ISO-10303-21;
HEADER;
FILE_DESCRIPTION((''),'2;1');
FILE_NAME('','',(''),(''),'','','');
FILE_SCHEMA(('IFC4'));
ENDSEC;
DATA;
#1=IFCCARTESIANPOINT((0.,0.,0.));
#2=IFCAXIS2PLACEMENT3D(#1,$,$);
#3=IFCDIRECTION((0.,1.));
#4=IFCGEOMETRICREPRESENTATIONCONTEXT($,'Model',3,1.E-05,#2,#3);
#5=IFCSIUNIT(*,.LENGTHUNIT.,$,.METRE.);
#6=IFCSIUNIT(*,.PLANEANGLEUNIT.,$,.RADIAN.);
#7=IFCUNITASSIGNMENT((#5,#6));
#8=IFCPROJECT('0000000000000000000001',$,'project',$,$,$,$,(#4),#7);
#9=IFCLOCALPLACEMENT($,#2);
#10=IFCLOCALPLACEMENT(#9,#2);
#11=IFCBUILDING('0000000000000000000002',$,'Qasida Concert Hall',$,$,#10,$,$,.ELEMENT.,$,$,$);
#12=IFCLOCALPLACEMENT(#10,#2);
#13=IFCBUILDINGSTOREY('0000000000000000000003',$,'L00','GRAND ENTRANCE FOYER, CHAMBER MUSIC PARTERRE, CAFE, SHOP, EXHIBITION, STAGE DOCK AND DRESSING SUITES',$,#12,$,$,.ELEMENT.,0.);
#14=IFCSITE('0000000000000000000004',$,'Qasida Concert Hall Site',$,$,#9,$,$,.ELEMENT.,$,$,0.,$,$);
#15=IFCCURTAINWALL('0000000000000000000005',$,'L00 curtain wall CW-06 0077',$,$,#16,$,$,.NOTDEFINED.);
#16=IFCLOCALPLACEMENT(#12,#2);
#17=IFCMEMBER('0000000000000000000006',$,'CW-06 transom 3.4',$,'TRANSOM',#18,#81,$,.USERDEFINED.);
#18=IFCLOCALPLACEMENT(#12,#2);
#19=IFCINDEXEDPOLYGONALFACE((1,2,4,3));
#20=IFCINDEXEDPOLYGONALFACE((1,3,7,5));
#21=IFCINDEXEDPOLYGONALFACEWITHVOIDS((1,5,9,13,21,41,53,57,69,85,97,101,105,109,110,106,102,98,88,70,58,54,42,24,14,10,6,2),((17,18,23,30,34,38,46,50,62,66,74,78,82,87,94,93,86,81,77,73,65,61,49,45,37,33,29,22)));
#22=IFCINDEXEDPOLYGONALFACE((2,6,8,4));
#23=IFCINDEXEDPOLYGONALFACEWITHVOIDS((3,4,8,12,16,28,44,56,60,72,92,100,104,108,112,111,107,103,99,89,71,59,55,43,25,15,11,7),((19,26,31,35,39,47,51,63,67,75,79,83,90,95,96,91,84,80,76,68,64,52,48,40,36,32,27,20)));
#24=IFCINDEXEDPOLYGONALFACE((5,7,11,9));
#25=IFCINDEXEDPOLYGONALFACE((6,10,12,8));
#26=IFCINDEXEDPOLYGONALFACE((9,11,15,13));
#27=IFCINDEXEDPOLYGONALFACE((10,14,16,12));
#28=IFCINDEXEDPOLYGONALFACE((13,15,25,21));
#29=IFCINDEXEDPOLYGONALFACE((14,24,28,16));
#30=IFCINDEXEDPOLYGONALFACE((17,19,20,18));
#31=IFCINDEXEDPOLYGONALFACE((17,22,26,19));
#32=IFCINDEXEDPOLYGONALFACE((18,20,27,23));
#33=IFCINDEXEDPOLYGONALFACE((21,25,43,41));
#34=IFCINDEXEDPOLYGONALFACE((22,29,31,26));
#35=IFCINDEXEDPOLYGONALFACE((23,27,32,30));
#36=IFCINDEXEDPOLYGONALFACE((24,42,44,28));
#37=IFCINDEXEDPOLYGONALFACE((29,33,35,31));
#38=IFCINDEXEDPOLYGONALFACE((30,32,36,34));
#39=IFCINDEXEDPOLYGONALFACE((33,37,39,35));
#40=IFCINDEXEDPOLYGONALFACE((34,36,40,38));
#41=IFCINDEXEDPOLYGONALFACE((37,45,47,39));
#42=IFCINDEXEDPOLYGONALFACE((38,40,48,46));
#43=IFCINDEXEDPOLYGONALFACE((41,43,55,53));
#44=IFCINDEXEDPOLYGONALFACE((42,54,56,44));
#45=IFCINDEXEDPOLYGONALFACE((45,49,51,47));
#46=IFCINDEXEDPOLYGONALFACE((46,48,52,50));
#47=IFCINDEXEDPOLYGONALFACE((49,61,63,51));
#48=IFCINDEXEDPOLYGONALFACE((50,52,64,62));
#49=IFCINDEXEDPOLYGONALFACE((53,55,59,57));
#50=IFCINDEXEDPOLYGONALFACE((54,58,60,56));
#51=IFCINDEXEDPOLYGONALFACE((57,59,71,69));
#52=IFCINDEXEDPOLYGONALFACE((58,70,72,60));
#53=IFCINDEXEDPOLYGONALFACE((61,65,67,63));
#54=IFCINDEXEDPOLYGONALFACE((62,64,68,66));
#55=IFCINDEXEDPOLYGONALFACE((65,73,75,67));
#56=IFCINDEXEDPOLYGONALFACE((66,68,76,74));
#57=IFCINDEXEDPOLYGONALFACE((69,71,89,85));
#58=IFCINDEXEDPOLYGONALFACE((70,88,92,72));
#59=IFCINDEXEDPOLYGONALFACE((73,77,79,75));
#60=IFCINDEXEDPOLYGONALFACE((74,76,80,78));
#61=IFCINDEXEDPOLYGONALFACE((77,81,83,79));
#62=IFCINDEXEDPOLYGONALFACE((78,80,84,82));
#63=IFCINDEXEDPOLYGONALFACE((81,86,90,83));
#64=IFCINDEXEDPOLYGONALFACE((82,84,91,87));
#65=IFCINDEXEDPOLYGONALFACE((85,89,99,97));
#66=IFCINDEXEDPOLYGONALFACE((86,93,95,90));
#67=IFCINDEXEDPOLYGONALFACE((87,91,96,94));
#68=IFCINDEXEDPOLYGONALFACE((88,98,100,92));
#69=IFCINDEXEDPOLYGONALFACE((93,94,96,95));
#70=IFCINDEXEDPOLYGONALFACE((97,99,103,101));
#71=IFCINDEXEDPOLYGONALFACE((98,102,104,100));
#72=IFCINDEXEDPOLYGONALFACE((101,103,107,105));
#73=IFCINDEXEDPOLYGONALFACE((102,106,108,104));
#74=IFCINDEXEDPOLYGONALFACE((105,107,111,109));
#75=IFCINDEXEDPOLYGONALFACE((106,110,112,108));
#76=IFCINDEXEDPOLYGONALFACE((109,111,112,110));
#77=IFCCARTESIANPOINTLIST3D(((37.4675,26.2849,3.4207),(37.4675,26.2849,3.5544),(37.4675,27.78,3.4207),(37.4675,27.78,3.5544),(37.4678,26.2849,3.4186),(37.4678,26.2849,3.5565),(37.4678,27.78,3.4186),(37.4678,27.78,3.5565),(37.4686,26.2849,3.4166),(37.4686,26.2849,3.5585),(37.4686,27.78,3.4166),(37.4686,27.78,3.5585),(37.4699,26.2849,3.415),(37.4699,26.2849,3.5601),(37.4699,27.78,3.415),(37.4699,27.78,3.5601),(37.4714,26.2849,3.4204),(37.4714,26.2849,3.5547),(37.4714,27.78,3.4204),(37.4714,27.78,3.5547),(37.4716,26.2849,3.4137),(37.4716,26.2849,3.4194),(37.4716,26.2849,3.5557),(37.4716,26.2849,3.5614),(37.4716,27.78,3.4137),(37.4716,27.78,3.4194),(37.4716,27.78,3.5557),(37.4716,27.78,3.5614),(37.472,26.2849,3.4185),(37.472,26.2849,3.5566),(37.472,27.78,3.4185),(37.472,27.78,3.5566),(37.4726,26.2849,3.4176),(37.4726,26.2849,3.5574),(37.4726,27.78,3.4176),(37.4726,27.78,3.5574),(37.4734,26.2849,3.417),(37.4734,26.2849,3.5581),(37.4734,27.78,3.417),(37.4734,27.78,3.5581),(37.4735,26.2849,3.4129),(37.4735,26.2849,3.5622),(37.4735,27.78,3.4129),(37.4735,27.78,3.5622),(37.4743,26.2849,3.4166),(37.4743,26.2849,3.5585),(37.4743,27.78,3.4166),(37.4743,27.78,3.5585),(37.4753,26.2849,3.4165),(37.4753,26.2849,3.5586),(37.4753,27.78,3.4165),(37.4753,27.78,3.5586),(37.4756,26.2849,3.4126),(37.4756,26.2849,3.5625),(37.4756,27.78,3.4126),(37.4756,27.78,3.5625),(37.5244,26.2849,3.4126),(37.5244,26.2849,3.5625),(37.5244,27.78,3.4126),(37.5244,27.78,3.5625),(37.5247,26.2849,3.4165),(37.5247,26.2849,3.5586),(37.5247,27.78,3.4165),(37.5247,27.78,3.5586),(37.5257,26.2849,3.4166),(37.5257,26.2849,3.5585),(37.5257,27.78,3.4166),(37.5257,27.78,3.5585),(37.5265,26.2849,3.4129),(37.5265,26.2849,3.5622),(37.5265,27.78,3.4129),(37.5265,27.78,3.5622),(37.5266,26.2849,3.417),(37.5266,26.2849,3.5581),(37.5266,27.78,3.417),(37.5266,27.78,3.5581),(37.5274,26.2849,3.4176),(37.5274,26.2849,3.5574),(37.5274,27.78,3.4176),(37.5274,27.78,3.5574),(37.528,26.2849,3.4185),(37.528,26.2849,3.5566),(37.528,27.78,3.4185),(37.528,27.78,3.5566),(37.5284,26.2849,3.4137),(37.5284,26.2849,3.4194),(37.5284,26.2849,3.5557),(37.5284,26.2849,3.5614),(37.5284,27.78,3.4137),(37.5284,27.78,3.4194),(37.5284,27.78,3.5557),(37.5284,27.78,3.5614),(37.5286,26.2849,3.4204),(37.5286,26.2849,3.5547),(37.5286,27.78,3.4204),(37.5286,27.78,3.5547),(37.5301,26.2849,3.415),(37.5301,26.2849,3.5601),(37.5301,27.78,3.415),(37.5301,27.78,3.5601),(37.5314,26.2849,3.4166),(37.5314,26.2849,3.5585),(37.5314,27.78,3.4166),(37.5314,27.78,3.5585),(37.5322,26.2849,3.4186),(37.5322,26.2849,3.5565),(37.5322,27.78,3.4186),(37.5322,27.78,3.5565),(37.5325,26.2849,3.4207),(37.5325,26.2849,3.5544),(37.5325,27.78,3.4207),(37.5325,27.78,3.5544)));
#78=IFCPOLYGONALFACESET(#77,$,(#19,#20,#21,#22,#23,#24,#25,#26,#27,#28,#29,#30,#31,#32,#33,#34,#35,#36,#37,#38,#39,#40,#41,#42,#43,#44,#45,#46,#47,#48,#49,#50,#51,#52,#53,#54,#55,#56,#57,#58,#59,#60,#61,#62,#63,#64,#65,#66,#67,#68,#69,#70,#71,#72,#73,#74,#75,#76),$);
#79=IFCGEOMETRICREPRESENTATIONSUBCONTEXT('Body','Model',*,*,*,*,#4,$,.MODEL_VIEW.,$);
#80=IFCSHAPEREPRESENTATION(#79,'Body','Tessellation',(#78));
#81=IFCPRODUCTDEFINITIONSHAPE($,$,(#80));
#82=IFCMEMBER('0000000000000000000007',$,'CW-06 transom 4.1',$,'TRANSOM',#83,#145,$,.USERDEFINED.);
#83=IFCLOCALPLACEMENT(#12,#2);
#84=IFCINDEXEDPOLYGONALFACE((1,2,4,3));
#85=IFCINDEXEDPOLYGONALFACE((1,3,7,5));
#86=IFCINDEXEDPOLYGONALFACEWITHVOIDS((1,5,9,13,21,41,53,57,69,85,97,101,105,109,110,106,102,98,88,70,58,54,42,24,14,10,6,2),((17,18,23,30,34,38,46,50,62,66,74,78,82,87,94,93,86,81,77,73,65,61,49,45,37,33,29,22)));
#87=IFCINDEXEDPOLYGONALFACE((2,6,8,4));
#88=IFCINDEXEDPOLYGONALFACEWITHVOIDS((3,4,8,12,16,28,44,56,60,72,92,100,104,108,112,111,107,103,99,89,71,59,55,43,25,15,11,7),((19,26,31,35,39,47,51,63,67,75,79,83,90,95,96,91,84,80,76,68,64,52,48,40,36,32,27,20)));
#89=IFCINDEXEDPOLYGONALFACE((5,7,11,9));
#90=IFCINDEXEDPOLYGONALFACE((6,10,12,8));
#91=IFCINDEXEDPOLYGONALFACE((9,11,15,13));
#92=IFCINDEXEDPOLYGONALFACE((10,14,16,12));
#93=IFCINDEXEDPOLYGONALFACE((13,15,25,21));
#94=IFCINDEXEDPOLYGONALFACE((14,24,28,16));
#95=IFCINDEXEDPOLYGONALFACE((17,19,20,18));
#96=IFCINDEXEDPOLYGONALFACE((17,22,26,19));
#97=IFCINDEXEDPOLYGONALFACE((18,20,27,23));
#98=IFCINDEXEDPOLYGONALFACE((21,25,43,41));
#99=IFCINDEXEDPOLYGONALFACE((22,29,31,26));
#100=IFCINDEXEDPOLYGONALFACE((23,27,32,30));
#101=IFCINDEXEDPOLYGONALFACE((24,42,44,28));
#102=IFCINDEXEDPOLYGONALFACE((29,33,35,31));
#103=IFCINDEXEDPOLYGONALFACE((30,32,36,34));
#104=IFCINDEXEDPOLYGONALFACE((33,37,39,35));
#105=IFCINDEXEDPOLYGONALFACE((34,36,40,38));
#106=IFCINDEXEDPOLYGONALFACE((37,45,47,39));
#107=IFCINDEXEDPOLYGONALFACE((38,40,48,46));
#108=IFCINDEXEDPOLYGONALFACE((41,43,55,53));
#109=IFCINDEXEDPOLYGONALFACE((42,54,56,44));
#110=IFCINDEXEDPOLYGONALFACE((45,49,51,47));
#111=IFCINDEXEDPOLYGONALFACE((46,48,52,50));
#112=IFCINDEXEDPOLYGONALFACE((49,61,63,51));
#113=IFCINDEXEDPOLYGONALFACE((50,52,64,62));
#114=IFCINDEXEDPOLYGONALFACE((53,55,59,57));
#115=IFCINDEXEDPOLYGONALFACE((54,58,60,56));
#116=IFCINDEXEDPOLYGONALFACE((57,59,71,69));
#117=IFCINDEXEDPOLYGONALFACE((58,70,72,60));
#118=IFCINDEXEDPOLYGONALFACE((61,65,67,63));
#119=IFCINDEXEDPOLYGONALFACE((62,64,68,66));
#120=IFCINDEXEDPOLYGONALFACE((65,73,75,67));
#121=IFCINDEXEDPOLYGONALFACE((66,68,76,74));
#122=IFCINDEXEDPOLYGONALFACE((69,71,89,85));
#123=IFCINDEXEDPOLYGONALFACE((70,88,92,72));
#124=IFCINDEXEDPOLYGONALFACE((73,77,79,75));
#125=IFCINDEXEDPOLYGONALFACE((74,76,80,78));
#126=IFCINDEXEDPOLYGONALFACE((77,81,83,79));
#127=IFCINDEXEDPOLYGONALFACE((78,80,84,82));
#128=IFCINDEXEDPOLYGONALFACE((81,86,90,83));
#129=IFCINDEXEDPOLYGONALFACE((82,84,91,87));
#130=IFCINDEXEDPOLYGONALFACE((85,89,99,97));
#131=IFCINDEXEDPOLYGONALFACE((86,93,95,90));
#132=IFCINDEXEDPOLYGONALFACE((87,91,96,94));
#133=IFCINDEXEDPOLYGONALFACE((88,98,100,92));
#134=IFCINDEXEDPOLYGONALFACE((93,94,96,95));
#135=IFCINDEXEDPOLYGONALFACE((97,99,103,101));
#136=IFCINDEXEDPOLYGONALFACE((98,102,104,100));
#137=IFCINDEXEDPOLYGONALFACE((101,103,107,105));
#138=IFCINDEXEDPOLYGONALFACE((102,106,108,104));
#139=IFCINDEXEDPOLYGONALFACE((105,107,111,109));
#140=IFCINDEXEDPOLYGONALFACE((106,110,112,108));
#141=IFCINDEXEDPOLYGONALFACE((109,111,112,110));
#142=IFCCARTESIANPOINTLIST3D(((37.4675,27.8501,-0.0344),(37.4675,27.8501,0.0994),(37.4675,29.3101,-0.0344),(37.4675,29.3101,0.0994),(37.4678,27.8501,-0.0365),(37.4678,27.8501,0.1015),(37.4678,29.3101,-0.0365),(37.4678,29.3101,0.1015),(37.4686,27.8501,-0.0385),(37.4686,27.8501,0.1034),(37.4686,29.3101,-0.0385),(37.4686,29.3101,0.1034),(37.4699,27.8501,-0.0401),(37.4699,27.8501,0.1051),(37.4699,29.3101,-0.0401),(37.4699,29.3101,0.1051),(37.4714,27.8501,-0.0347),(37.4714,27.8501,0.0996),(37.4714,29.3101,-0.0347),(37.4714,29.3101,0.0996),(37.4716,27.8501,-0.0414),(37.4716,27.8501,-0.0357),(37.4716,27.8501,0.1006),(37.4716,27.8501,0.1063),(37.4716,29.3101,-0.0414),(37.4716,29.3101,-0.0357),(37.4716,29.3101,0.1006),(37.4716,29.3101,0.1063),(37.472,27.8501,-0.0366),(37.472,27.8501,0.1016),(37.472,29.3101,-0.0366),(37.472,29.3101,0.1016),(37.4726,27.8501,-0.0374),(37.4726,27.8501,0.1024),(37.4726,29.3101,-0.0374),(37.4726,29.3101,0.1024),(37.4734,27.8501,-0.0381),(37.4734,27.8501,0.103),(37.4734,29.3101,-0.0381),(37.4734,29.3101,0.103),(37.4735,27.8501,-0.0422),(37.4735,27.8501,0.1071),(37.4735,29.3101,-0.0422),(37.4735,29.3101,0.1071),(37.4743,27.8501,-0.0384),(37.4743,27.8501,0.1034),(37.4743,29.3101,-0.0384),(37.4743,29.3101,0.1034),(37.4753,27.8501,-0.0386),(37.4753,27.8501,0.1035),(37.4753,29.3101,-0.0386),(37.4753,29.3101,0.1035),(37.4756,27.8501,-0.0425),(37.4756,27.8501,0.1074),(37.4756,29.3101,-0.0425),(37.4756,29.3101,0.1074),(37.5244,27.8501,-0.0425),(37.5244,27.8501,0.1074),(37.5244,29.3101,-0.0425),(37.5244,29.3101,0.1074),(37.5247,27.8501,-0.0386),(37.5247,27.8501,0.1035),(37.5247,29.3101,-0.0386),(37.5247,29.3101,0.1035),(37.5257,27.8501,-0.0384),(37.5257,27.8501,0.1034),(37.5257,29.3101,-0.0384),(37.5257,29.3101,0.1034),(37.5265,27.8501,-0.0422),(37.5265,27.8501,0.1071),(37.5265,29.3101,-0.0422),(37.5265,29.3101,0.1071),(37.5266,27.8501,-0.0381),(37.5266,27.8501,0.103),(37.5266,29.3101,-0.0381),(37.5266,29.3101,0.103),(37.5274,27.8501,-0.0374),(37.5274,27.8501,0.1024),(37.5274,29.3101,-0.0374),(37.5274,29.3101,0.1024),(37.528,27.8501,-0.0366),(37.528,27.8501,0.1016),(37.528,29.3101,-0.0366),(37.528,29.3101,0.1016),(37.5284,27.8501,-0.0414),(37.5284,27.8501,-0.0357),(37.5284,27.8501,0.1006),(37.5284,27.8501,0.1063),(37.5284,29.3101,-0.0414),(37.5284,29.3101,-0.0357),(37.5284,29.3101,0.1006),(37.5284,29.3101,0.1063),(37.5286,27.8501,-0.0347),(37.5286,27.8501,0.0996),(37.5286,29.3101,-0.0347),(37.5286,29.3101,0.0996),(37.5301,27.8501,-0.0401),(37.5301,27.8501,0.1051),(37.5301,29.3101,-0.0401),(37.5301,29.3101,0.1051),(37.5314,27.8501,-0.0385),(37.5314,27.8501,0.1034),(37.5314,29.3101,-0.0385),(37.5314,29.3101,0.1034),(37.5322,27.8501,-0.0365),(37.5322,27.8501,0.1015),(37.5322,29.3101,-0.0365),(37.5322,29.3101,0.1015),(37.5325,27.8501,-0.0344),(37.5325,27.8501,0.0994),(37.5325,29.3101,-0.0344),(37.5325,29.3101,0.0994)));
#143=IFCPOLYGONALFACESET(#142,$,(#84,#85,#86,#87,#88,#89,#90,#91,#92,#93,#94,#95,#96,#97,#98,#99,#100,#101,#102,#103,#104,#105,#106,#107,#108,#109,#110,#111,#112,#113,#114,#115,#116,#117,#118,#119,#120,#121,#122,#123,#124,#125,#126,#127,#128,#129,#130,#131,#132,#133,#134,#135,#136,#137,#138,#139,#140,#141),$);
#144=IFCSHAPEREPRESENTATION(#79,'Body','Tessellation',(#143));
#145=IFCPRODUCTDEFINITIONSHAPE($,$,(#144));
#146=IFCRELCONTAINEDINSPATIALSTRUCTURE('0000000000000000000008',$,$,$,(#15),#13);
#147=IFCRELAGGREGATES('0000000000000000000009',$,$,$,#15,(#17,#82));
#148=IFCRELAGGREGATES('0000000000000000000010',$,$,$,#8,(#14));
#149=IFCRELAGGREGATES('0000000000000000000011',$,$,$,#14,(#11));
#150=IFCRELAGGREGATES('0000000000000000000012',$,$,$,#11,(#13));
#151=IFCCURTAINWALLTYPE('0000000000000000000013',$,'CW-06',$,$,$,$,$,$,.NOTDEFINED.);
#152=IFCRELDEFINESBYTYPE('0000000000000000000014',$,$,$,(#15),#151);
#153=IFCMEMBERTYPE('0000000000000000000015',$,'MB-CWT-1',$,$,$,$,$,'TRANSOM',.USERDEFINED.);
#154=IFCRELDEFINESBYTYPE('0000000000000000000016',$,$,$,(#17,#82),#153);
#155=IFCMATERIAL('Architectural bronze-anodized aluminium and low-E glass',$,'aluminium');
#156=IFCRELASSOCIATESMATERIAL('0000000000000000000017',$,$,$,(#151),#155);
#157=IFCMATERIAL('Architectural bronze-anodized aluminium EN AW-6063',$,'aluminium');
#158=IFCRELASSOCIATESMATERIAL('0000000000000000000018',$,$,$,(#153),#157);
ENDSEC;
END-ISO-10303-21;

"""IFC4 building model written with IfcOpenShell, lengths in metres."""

from ifc_helpers import new_model, si_unit, direction, frame, origin, origin_2d, place, context, subcontext, project, spatial, hollow_rectangle, extrude, material, material_profile, profile_set, type_object, element, aggregate, save


model = new_model("IFC4")

# Units and contexts
model_context = context("Model", 3, precision=1e-05, world=origin(), true_north=direction((0.0, 1.0)))
body_context = subcontext(model_context, "Body", "Model", "MODEL_VIEW")
ifc_project = project(units=[si_unit("LENGTHUNIT", "METRE"), si_unit("PLANEANGLEUNIT", "RADIAN")], contexts=[model_context])

# Site, building, storey
site_placement = place(None, origin())
site = spatial("IfcSite", under=ifc_project, at=site_placement, Name="Qasida Concert Hall Site", CompositionType="ELEMENT", RefElevation=0.0)
building_placement = place(site_placement, origin())
building = spatial("IfcBuilding", under=site, at=building_placement, Name="Qasida Concert Hall", CompositionType="ELEMENT")
storey_placement = place(building_placement, origin())
storey = spatial("IfcBuildingStorey", under=building, at=storey_placement, Name="L00", Description="GRAND ENTRANCE FOYER, CHAMBER MUSIC PARTERRE, CAFE, SHOP, EXHIBITION, STAGE DOCK AND DRESSING SUITES", CompositionType="ELEMENT", Elevation=0.0)

# Curtain wall
ifc_material_1 = material(Name="Architectural bronze-anodized aluminium and low-E glass", Category="aluminium")
curtain_wall_type_1 = type_object("IfcCurtainWallType", Name="CW-06", PredefinedType="NOTDEFINED", material=ifc_material_1)
curtain_wall_1_placement = place(storey_placement, origin())
curtain_wall_1 = element("IfcCurtainWall", 1, at=curtain_wall_1_placement, inside=storey, type_object=curtain_wall_type_1, Name="L00 curtain wall CW-06 0077", PredefinedType="NOTDEFINED")
ifc_material_2 = material(Name="Architectural bronze-anodized aluminium EN AW-6063", Category="aluminium")

# Members
ifc_material_profile_1 = material_profile(ifc_material_2, hollow_rectangle(XDim=0.0649, YDim=0.1499, WallThickness=0.0039, InnerFilletRadius=0.0039, OuterFilletRadius=0.0081, at=origin_2d()), Name="CWT 150x65x4")
ifc_profile_set_1 = profile_set([ifc_material_profile_1], Name="Architectural bronze-anodized aluminium EN AW-6063")
member_type_1 = type_object("IfcMemberType", Name="MB-CWT-1", ElementType="TRANSOM", PredefinedType="USERDEFINED", material=ifc_profile_set_1)
member_1_placement = place(storey_placement, frame((37.5, 26.2849, 3.4875), z_axis=(0.0, 1.0, 0.0), x_axis=(-1.0, 0.0, 0.0)))
member_1 = element("IfcMember", 2, at=member_1_placement, type_object=member_type_1, Name="CW-06 transom 3.4", ObjectType="TRANSOM", PredefinedType="USERDEFINED", context=body_context, shape_type="SweptSolid", body=[
    extrude(hollow_rectangle(XDim=0.0649, YDim=0.1499, WallThickness=0.0039, InnerFilletRadius=0.0039, OuterFilletRadius=0.0081, at=origin_2d()), origin(), (0.0, 0.0, 1.0), 1.4951),
])
member_2_placement = place(storey_placement, frame((37.5, 27.8501, 0.0325), z_axis=(0.0, 1.0, 0.0), x_axis=(-1.0, 0.0, 0.0)))
member_2 = element("IfcMember", 3, at=member_2_placement, type_object=member_type_1, Name="CW-06 transom 4.1", ObjectType="TRANSOM", PredefinedType="USERDEFINED", context=body_context, shape_type="SweptSolid", body=[
    extrude(hollow_rectangle(XDim=0.0649, YDim=0.1499, WallThickness=0.0039, InnerFilletRadius=0.0039, OuterFilletRadius=0.0081, at=origin_2d()), origin(), (0.0, 0.0, 1.0), 1.46),
])

aggregate(curtain_wall_1, [member_1, member_2])

save(model, "model.ifc")
